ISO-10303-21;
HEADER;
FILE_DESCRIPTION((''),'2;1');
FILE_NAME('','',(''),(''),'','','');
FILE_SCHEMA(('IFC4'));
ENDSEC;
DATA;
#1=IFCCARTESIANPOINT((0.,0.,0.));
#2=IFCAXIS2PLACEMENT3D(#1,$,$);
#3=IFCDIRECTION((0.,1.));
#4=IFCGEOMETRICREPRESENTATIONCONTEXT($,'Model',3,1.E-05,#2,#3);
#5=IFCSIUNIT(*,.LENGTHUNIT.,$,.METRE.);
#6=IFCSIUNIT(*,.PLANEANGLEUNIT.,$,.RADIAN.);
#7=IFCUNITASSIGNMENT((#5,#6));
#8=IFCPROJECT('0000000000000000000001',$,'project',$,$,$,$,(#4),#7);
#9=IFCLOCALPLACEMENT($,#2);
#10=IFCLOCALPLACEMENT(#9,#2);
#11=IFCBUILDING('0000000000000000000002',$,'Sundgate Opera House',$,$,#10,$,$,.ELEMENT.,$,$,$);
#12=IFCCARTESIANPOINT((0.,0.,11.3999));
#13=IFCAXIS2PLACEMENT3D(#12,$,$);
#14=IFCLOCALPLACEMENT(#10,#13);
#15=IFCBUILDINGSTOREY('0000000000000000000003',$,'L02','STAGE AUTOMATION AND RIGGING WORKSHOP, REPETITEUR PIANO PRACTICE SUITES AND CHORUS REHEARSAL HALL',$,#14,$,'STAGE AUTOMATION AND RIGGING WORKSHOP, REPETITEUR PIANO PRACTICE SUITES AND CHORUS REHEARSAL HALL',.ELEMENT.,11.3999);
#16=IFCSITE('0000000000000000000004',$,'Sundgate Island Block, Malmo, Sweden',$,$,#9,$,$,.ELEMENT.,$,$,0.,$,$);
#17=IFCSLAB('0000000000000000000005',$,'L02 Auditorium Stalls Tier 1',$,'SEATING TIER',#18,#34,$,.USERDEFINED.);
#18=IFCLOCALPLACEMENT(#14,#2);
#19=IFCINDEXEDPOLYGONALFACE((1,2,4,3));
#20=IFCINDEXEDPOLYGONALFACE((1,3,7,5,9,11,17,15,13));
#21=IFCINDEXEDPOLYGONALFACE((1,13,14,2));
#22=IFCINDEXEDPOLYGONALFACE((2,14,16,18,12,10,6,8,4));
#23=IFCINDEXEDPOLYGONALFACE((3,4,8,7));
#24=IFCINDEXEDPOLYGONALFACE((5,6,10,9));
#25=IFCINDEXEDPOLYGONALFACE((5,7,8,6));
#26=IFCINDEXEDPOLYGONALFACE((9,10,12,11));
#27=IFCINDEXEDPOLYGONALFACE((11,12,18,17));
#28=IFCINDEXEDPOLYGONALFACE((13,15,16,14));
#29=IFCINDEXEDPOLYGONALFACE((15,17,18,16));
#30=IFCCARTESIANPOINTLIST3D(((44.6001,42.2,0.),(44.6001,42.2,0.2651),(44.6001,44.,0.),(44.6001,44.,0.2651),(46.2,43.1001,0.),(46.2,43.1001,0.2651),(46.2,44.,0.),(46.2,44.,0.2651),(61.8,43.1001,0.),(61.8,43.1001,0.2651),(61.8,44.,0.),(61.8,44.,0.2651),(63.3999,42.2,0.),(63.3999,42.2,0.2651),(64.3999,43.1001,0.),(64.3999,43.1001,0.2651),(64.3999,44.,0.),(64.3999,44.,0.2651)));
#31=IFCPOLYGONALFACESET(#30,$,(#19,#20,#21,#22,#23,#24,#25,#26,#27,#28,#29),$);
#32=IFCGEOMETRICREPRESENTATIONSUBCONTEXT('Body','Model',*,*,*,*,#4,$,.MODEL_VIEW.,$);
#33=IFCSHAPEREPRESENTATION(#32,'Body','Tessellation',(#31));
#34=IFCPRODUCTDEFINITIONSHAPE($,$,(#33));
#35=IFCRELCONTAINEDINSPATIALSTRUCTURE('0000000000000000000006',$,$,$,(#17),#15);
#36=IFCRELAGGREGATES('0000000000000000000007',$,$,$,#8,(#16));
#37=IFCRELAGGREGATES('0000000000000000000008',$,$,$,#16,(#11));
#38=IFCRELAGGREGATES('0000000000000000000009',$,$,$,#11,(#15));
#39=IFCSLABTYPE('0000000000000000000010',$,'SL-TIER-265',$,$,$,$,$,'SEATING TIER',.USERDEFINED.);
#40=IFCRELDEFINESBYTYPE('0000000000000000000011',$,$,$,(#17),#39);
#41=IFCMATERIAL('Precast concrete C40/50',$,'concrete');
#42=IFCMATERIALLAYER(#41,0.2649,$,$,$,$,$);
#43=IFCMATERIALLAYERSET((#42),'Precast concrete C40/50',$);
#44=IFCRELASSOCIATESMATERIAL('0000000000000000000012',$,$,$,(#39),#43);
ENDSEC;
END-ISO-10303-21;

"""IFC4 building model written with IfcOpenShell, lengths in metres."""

from ifc_helpers import new_model, si_unit, direction, frame, origin, place, context, subcontext, project, spatial, polyline, outline, extrude, material, layer, layer_set, type_object, element, save


model = new_model("IFC4")

# Units and contexts
model_context = context("Model", 3, precision=1e-05, world=origin(), true_north=direction((0.0, 1.0)))
body_context = subcontext(model_context, "Body", "Model", "MODEL_VIEW")
ifc_project = project(units=[si_unit("LENGTHUNIT", "METRE"), si_unit("PLANEANGLEUNIT", "RADIAN")], contexts=[model_context])

# Site, building, storey
site_placement = place(None, origin())
site = spatial("IfcSite", under=ifc_project, at=site_placement, Name="Sundgate Island Block, Malmo, Sweden", CompositionType="ELEMENT", RefElevation=0.0)
building_placement = place(site_placement, origin())
building = spatial("IfcBuilding", under=site, at=building_placement, Name="Sundgate Opera House", CompositionType="ELEMENT")
storey_placement = place(building_placement, frame((0.0, 0.0, 11.3999)))
storey = spatial("IfcBuildingStorey", under=building, at=storey_placement, Name="L02", Description="STAGE AUTOMATION AND RIGGING WORKSHOP, REPETITEUR PIANO PRACTICE SUITES AND CHORUS REHEARSAL HALL", LongName="STAGE AUTOMATION AND RIGGING WORKSHOP, REPETITEUR PIANO PRACTICE SUITES AND CHORUS REHEARSAL HALL", CompositionType="ELEMENT", Elevation=11.3999)

# Slab
ifc_material_1 = material(Name="Precast concrete C40/50", Category="concrete")
ifc_layer_1 = layer(ifc_material_1, 0.2649)
ifc_layer_set_1 = layer_set([ifc_layer_1], Name="Precast concrete C40/50")
slab_type_1 = type_object("IfcSlabType", Name="SL-TIER-265", ElementType="SEATING TIER", PredefinedType="USERDEFINED", material=ifc_layer_set_1)
slab_1_placement = place(storey_placement, origin())
element("IfcSlab", 1, at=slab_1_placement, inside=storey, type_object=slab_type_1, Name="L02 Auditorium Stalls Tier 1", ObjectType="SEATING TIER", PredefinedType="USERDEFINED", context=body_context, shape_type="SweptSolid", body=[
    extrude(outline(polyline([(44.6001, 42.2), (63.3999, 42.2), (64.3999, 43.1001), (64.3999, 44.0), (61.8, 44.0), (61.8, 43.1001), (46.2, 43.1001), (46.2, 44.0), (44.6001, 44.0), (44.6001, 42.2)])), origin(), (0.0, 0.0, 1.0), 0.2651),
])

save(model, "model.ifc")
